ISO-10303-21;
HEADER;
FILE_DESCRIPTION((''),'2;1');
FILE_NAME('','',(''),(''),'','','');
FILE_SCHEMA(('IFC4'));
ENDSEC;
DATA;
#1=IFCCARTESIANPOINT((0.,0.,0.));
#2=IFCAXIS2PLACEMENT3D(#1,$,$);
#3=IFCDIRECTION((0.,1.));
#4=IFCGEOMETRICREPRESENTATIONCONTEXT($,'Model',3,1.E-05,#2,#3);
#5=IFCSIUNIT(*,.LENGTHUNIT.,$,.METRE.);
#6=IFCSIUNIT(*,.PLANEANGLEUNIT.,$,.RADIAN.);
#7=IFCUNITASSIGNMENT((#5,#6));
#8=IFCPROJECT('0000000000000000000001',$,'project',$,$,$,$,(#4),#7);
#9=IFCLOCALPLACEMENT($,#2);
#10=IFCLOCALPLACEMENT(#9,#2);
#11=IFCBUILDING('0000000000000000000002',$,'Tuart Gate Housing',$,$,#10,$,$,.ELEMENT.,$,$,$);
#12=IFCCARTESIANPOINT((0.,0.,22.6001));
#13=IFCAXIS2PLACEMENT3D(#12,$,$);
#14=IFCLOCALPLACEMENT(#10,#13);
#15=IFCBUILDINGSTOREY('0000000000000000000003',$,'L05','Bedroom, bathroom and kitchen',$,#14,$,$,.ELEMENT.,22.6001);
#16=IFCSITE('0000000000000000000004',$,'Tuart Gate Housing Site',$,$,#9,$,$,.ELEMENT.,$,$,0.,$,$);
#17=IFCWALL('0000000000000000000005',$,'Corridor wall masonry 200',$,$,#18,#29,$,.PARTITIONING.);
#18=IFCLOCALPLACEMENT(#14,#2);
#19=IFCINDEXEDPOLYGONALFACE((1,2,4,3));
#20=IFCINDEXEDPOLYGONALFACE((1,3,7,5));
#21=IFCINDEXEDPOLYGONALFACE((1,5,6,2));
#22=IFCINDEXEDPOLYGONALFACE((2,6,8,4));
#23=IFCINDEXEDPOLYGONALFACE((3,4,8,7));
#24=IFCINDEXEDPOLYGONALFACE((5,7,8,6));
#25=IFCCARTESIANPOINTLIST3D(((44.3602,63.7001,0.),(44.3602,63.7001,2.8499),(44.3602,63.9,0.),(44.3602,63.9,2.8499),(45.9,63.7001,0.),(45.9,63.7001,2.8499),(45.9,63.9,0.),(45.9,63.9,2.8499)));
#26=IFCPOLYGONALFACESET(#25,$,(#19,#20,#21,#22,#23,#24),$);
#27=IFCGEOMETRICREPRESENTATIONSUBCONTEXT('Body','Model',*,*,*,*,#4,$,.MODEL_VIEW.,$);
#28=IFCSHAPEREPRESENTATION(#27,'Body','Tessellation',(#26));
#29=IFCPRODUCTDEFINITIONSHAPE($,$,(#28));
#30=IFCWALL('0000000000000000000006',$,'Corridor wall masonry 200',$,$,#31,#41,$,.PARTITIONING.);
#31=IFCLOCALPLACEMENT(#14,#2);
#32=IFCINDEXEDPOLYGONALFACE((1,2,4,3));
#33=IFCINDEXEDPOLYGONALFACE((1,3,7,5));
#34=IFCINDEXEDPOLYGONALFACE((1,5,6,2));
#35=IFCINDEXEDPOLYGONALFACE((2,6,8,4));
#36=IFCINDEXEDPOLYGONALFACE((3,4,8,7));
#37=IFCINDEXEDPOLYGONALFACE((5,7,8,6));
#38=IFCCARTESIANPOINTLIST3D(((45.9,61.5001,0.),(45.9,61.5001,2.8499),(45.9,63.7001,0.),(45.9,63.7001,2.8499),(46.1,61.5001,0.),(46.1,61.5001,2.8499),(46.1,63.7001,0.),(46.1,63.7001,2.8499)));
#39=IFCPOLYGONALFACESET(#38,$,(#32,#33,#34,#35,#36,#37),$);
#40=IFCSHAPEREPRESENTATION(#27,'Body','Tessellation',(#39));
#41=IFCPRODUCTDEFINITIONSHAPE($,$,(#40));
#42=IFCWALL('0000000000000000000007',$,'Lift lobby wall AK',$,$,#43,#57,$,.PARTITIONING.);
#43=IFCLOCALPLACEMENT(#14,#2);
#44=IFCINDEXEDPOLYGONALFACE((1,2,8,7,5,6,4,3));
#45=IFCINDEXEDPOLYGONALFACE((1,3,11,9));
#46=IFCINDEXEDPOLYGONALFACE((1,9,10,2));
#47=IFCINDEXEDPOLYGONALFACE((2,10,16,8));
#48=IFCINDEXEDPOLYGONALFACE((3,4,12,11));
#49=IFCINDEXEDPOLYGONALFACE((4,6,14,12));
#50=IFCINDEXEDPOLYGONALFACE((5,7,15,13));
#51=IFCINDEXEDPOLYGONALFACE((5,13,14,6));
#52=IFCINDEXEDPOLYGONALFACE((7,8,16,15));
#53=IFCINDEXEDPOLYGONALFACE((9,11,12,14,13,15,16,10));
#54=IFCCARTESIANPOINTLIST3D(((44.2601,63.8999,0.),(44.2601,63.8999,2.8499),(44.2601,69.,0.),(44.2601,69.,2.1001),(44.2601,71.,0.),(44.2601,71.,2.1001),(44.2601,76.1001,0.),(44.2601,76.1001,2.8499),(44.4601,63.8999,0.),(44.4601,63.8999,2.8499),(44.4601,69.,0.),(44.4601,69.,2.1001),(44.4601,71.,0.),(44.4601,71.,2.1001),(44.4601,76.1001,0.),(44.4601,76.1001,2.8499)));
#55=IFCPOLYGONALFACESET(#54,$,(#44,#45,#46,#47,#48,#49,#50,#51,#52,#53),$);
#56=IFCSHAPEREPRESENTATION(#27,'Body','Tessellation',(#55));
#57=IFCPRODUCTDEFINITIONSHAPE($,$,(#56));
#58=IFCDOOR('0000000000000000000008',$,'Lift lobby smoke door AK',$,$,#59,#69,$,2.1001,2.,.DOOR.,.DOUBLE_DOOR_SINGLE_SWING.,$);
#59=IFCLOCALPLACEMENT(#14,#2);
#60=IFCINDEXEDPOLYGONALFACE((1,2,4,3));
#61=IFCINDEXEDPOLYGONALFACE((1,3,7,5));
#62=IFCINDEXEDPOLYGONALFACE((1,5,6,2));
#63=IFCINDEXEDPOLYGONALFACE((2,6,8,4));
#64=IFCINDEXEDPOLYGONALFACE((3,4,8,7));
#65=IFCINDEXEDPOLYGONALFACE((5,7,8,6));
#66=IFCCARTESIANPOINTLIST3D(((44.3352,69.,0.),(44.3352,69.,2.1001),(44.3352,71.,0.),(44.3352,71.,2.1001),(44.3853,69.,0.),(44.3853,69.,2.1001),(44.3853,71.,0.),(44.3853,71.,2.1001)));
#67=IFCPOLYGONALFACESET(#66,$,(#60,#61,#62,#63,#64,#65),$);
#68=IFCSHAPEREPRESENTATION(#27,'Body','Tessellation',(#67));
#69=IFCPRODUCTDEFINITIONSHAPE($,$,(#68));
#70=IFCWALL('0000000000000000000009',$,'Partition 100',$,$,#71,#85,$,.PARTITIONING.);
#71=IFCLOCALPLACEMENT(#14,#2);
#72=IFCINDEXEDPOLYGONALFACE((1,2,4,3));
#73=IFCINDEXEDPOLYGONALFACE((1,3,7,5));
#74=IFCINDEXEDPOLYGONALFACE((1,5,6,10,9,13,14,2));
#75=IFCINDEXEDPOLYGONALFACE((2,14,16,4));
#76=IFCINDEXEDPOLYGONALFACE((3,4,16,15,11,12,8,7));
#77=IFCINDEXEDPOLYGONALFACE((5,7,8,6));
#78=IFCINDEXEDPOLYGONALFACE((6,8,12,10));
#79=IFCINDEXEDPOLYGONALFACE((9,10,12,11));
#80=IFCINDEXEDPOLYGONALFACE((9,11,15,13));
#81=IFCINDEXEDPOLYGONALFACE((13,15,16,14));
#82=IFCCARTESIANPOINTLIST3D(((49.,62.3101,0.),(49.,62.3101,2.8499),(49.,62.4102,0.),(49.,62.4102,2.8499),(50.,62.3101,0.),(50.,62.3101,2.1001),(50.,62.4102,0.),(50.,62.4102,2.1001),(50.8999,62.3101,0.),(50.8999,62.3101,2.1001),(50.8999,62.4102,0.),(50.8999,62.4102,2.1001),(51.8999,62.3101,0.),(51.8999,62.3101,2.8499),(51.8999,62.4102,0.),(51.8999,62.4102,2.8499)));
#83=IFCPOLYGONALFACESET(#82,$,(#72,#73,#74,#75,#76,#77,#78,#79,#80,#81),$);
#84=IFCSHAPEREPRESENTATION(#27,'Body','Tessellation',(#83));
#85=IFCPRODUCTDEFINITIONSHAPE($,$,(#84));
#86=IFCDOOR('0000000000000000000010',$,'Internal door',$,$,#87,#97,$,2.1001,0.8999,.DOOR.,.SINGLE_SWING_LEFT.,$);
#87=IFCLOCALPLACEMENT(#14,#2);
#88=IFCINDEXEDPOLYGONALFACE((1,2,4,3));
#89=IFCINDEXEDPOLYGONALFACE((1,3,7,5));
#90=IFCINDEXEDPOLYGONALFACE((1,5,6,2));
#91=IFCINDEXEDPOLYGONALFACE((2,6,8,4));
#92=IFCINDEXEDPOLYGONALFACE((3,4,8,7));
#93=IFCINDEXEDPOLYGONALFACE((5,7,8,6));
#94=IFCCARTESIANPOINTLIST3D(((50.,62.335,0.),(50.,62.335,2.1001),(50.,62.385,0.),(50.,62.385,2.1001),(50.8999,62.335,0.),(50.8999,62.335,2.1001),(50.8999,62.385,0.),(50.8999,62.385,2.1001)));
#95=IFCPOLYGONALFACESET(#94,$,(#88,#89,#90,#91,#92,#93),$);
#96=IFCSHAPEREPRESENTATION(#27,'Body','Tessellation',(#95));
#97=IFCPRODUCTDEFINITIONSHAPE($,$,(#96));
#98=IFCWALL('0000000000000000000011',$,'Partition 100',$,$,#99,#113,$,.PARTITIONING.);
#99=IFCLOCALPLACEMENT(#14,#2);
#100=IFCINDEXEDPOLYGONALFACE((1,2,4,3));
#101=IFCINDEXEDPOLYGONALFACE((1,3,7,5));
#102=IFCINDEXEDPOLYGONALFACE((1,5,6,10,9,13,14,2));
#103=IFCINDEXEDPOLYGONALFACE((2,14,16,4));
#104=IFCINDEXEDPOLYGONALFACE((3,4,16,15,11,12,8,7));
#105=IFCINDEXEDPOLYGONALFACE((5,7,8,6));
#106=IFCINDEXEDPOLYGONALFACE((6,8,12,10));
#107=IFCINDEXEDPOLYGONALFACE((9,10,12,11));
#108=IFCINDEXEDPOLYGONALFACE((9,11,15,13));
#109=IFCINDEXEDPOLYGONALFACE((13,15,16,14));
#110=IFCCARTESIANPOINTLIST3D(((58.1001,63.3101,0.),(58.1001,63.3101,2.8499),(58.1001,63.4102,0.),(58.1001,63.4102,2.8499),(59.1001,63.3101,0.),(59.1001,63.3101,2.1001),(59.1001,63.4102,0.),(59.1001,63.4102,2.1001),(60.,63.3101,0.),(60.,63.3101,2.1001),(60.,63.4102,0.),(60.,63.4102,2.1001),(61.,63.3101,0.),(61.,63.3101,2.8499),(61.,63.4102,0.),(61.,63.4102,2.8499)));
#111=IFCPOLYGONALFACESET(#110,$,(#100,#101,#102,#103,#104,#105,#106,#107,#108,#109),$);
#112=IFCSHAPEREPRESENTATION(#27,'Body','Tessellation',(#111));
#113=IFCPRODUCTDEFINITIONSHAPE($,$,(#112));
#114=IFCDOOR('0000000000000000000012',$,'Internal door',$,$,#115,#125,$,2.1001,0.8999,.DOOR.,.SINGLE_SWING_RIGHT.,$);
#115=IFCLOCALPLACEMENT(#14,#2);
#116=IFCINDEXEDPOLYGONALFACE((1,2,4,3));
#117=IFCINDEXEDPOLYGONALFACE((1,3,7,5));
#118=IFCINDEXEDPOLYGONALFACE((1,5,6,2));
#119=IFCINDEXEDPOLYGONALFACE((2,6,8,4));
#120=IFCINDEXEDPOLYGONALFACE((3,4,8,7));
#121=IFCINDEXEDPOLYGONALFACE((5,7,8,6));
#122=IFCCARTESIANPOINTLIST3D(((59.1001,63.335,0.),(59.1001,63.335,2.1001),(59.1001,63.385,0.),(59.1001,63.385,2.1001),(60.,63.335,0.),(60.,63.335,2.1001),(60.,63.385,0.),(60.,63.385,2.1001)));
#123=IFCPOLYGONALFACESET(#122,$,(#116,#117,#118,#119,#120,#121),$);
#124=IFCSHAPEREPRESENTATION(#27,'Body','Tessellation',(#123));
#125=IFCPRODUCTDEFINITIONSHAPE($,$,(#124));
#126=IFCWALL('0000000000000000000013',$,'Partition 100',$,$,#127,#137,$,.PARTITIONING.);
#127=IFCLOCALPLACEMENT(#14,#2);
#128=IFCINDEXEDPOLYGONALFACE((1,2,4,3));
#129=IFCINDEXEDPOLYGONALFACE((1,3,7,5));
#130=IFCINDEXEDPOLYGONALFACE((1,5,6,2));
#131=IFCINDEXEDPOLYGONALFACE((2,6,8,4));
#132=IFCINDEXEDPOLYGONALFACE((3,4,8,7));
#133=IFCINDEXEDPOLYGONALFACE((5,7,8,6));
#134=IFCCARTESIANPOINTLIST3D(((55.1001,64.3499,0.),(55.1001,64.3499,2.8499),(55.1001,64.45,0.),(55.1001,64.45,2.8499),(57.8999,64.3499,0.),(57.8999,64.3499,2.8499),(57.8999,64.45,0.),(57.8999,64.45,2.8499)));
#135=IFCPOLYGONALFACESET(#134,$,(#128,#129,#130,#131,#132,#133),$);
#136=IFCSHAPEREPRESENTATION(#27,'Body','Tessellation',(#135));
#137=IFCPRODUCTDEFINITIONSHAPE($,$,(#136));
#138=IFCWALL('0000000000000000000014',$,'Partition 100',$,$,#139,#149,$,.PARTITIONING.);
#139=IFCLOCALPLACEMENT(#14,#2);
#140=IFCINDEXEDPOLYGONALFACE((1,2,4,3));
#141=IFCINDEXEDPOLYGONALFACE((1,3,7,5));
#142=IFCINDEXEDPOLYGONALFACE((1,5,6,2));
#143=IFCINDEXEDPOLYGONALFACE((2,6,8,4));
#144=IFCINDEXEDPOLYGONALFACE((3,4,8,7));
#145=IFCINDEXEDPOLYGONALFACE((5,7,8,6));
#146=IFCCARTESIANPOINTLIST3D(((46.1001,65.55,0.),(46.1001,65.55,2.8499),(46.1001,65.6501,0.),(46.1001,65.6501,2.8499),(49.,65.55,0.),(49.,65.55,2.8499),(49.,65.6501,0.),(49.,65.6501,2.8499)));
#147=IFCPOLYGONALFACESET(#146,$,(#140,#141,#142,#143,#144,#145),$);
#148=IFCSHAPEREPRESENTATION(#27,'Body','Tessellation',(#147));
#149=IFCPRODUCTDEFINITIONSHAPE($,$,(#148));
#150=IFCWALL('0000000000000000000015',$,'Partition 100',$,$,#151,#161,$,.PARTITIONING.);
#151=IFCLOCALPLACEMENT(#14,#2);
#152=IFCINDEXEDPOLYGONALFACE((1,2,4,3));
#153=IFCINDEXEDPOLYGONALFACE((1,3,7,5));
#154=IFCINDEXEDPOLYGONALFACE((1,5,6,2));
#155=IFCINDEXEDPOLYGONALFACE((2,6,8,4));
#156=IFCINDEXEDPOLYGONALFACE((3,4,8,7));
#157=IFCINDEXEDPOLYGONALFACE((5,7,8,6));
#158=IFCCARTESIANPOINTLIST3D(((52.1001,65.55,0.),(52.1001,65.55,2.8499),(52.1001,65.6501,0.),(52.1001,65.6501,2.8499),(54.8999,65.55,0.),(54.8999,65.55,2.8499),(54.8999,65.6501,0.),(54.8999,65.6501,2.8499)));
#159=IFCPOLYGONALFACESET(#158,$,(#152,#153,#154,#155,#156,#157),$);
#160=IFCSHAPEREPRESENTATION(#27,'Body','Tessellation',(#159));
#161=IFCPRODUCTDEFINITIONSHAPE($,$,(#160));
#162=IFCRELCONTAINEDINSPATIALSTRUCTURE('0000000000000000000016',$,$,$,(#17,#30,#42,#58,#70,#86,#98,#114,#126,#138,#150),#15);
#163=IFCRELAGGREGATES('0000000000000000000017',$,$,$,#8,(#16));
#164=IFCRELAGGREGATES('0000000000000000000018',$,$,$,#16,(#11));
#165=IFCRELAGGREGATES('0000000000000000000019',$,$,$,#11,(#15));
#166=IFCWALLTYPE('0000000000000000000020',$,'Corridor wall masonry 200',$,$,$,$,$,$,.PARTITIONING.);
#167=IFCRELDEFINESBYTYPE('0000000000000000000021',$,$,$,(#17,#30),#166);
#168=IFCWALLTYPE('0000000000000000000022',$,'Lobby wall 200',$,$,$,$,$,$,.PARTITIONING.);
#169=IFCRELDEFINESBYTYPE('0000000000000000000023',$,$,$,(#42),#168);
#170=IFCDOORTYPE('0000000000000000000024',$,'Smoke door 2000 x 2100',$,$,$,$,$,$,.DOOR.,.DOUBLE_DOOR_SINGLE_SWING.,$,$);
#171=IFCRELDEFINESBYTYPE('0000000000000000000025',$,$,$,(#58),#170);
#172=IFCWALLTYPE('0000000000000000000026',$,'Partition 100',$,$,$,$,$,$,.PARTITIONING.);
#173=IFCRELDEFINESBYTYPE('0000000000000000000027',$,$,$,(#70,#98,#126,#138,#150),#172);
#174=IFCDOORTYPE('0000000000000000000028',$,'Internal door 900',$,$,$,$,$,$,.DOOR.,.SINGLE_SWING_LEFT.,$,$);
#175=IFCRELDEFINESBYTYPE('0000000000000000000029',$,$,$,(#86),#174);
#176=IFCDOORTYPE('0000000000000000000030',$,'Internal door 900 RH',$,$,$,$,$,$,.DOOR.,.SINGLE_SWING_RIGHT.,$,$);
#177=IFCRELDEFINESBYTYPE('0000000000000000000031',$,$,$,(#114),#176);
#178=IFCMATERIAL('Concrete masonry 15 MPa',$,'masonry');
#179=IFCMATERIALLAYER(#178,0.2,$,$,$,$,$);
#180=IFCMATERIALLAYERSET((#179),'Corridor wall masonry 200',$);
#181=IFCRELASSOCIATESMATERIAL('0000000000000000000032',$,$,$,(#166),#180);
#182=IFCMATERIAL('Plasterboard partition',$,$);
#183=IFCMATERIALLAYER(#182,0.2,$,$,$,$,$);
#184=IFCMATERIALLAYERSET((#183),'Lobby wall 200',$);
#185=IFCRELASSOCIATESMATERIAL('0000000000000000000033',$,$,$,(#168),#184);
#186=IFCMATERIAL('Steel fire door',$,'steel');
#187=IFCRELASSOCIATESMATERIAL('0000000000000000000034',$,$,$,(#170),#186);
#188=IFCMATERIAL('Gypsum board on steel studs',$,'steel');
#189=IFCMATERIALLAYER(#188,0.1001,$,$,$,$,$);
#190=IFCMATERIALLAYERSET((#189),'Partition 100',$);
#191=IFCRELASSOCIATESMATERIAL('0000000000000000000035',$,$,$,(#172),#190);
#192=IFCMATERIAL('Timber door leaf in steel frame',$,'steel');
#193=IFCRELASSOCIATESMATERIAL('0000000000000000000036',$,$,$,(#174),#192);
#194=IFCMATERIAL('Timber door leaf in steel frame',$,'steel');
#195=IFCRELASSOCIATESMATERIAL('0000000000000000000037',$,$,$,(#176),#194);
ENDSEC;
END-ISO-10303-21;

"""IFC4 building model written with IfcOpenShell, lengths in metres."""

from ifc_helpers import new_model, si_unit, direction, frame, frame_2d, origin, place, context, subcontext, project, spatial, rectangle, extrude, material, layer, layer_set, type_object, element, fill, save


model = new_model("IFC4")

# Units and contexts
model_context = context("Model", 3, precision=1e-05, world=origin(), true_north=direction((0.0, 1.0)))
body_context = subcontext(model_context, "Body", "Model", "MODEL_VIEW")
ifc_project = project(units=[si_unit("LENGTHUNIT", "METRE"), si_unit("PLANEANGLEUNIT", "RADIAN")], contexts=[model_context])

# Site, building, storey
site_placement = place(None, origin())
site = spatial("IfcSite", under=ifc_project, at=site_placement, Name="Tuart Gate Housing Site", CompositionType="ELEMENT", RefElevation=0.0)
building_placement = place(site_placement, origin())
building = spatial("IfcBuilding", under=site, at=building_placement, Name="Tuart Gate Housing", CompositionType="ELEMENT")
storey_placement = place(building_placement, frame((0.0, 0.0, 22.6001)))
storey = spatial("IfcBuildingStorey", under=building, at=storey_placement, Name="L05", Description="Bedroom, bathroom and kitchen", CompositionType="ELEMENT", Elevation=22.6001)

# Walls
ifc_material_1 = material(Name="Concrete masonry 15 MPa", Category="masonry")
ifc_layer_1 = layer(ifc_material_1, 0.2)
ifc_layer_set_1 = layer_set([ifc_layer_1], Name="Corridor wall masonry 200")
wall_type_1 = type_object("IfcWallType", Name="Corridor wall masonry 200", PredefinedType="PARTITIONING", material=ifc_layer_set_1)
wall_1_placement = place(storey_placement, frame((44.3601, 63.8, 0.0), z_axis=(0.0, 0.0, 1.0), x_axis=(1.0, 0.0, 0.0)))
element("IfcWall", 1, at=wall_1_placement, inside=storey, type_object=wall_type_1, Name="Corridor wall masonry 200", PredefinedType="PARTITIONING", context=body_context, shape_type="SweptSolid", body=[
    extrude(rectangle(XDim=1.5398, YDim=0.2, at=frame_2d((0.77, 0.0))), origin(), (0.0, 0.0, 1.0), 2.8499),
])
wall_2_placement = place(storey_placement, frame((46.0, 61.5, 0.0), z_axis=(0.0, 0.0, 1.0), x_axis=(0.0, 1.0, 0.0)))
element("IfcWall", 2, at=wall_2_placement, inside=storey, type_object=wall_type_1, Name="Corridor wall masonry 200", PredefinedType="PARTITIONING", context=body_context, shape_type="SweptSolid", body=[
    extrude(rectangle(XDim=2.2, YDim=0.2, at=frame_2d((1.1001, 0.0))), origin(), (0.0, 0.0, 1.0), 2.8499),
])

# Walls, openings, doors
ifc_material_2 = material(Name="Plasterboard partition")
ifc_layer_2 = layer(ifc_material_2, 0.2)
ifc_layer_set_2 = layer_set([ifc_layer_2], Name="Lobby wall 200")
wall_type_2 = type_object("IfcWallType", Name="Lobby wall 200", PredefinedType="PARTITIONING", material=ifc_layer_set_2)
wall_3_placement = place(storey_placement, frame((44.3601, 63.8999, 0.0), z_axis=(0.0, 0.0, 1.0), x_axis=(0.0, 1.0, 0.0)))
wall_3 = element("IfcWall", 3, at=wall_3_placement, inside=storey, type_object=wall_type_2, Name="Lift lobby wall AK", PredefinedType="PARTITIONING", context=body_context, shape_type="SweptSolid", body=[
    extrude(rectangle(XDim=12.2002, YDim=0.2, at=frame_2d((6.1001, 0.0))), origin(), (0.0, 0.0, 1.0), 2.8499),
])
opening_1_placement = place(wall_3_placement, frame((5.1001, 0.0, 0.0)))
opening_1 = element("IfcOpeningElement", 4, at=opening_1_placement, cuts=wall_3, PredefinedType="OPENING", context=body_context, shape_type="SweptSolid", body=[
    extrude(rectangle(XDim=2.0, YDim=2.1001, at=frame_2d((1.0, 1.05))), frame((0.0, 0.1099, 0.0), z_axis=(0.0, -1.0, 0.0), x_axis=(1.0, 0.0, 0.0)), (0.0, 0.0, 1.0), 0.22),
])
ifc_material_3 = material(Name="Steel fire door", Category="steel")
door_type_1 = type_object("IfcDoorType", Name="Smoke door 2000 x 2100", OperationType="DOUBLE_DOOR_SINGLE_SWING", PredefinedType="DOOR", material=ifc_material_3)
door_1_placement = place(opening_1_placement, origin())
door_1 = element("IfcDoor", 5, at=door_1_placement, inside=storey, type_object=door_type_1, Name="Lift lobby smoke door AK", OperationType="DOUBLE_DOOR_SINGLE_SWING", OverallHeight=2.1001, OverallWidth=2.0, PredefinedType="DOOR", context=body_context, shape_type="SweptSolid", body=[
    extrude(rectangle(XDim=2.0, YDim=2.1001, at=frame_2d((1.0, 1.05))), frame((0.0, 0.0249, 0.0), z_axis=(0.0, -1.0, 0.0), x_axis=(1.0, 0.0, 0.0)), (0.0, 0.0, 1.0), 0.05),
])
fill(opening_1, door_1)
ifc_material_4 = material(Name="Gypsum board on steel studs", Category="steel")
ifc_layer_3 = layer(ifc_material_4, 0.1001)
ifc_layer_set_3 = layer_set([ifc_layer_3], Name="Partition 100")
wall_type_3 = type_object("IfcWallType", Name="Partition 100", PredefinedType="PARTITIONING", material=ifc_layer_set_3)
wall_4_placement = place(storey_placement, frame((49.0, 62.3601, 0.0), z_axis=(0.0, 0.0, 1.0), x_axis=(1.0, 0.0, 0.0)))
wall_4 = element("IfcWall", 6, at=wall_4_placement, inside=storey, type_object=wall_type_3, Name="Partition 100", PredefinedType="PARTITIONING", context=body_context, shape_type="SweptSolid", body=[
    extrude(rectangle(XDim=2.8999, YDim=0.1001, at=frame_2d((1.45, 0.0))), origin(), (0.0, 0.0, 1.0), 2.8499),
])
opening_2_placement = place(wall_4_placement, frame((1.0, 0.0, 0.0)))
opening_2 = element("IfcOpeningElement", 7, at=opening_2_placement, cuts=wall_4, PredefinedType="OPENING", context=body_context, shape_type="SweptSolid", body=[
    extrude(rectangle(XDim=0.8999, YDim=2.1001, at=frame_2d((0.45, 1.05))), frame((0.0, 0.0601, 0.0), z_axis=(0.0, -1.0, 0.0), x_axis=(1.0, 0.0, 0.0)), (0.0, 0.0, 1.0), 0.1201),
])
ifc_material_5 = material(Name="Timber door leaf in steel frame", Category="steel")
door_type_2 = type_object("IfcDoorType", Name="Internal door 900", OperationType="SINGLE_SWING_LEFT", PredefinedType="DOOR", material=ifc_material_5)
door_2_placement = place(opening_2_placement, origin())
door_2 = element("IfcDoor", 8, at=door_2_placement, inside=storey, type_object=door_type_2, Name="Internal door", OperationType="SINGLE_SWING_LEFT", OverallHeight=2.1001, OverallWidth=0.8999, PredefinedType="DOOR", context=body_context, shape_type="SweptSolid", body=[
    extrude(rectangle(XDim=0.8999, YDim=2.1001, at=frame_2d((0.45, 1.05))), frame((0.0, 0.0249, 0.0), z_axis=(0.0, -1.0, 0.0), x_axis=(1.0, 0.0, 0.0)), (0.0, 0.0, 1.0), 0.05),
])
fill(opening_2, door_2)
wall_5_placement = place(storey_placement, frame((58.1001, 63.3601, 0.0), z_axis=(0.0, 0.0, 1.0), x_axis=(1.0, 0.0, 0.0)))
wall_5 = element("IfcWall", 9, at=wall_5_placement, inside=storey, type_object=wall_type_3, Name="Partition 100", PredefinedType="PARTITIONING", context=body_context, shape_type="SweptSolid", body=[
    extrude(rectangle(XDim=2.8999, YDim=0.1001, at=frame_2d((1.45, 0.0))), origin(), (0.0, 0.0, 1.0), 2.8499),
])
opening_3_placement = place(wall_5_placement, frame((1.0, 0.0, 0.0)))
opening_3 = element("IfcOpeningElement", 10, at=opening_3_placement, cuts=wall_5, PredefinedType="OPENING", context=body_context, shape_type="SweptSolid", body=[
    extrude(rectangle(XDim=0.8999, YDim=2.1001, at=frame_2d((0.45, 1.05))), frame((0.0, 0.0601, 0.0), z_axis=(0.0, -1.0, 0.0), x_axis=(1.0, 0.0, 0.0)), (0.0, 0.0, 1.0), 0.1201),
])
ifc_material_6 = material(Name="Timber door leaf in steel frame", Category="steel")
door_type_3 = type_object("IfcDoorType", Name="Internal door 900 RH", OperationType="SINGLE_SWING_RIGHT", PredefinedType="DOOR", material=ifc_material_6)
door_3_placement = place(opening_3_placement, origin())
door_3 = element("IfcDoor", 11, at=door_3_placement, inside=storey, type_object=door_type_3, Name="Internal door", OperationType="SINGLE_SWING_RIGHT", OverallHeight=2.1001, OverallWidth=0.8999, PredefinedType="DOOR", context=body_context, shape_type="SweptSolid", body=[
    extrude(rectangle(XDim=0.8999, YDim=2.1001, at=frame_2d((0.45, 1.05))), frame((0.0, 0.0249, 0.0), z_axis=(0.0, -1.0, 0.0), x_axis=(1.0, 0.0, 0.0)), (0.0, 0.0, 1.0), 0.05),
])
fill(opening_3, door_3)

# Walls
wall_6_placement = place(storey_placement, frame((55.1001, 64.3999, 0.0), z_axis=(0.0, 0.0, 1.0), x_axis=(1.0, 0.0, 0.0)))
element("IfcWall", 12, at=wall_6_placement, inside=storey, type_object=wall_type_3, Name="Partition 100", PredefinedType="PARTITIONING", context=body_context, shape_type="SweptSolid", body=[
    extrude(rectangle(XDim=2.7998, YDim=0.1001, at=frame_2d((1.3999, 0.0))), origin(), (0.0, 0.0, 1.0), 2.8499),
])
wall_7_placement = place(storey_placement, frame((46.1001, 65.6001, 0.0), z_axis=(0.0, 0.0, 1.0), x_axis=(1.0, 0.0, 0.0)))
element("IfcWall", 13, at=wall_7_placement, inside=storey, type_object=wall_type_3, Name="Partition 100", PredefinedType="PARTITIONING", context=body_context, shape_type="SweptSolid", body=[
    extrude(rectangle(XDim=2.8999, YDim=0.1001, at=frame_2d((1.45, 0.0))), origin(), (0.0, 0.0, 1.0), 2.8499),
])
wall_8_placement = place(storey_placement, frame((52.1001, 65.6001, 0.0), z_axis=(0.0, 0.0, 1.0), x_axis=(1.0, 0.0, 0.0)))
element("IfcWall", 14, at=wall_8_placement, inside=storey, type_object=wall_type_3, Name="Partition 100", PredefinedType="PARTITIONING", context=body_context, shape_type="SweptSolid", body=[
    extrude(rectangle(XDim=2.7998, YDim=0.1001, at=frame_2d((1.3999, 0.0))), origin(), (0.0, 0.0, 1.0), 2.8499),
])

save(model, "model.ifc")
